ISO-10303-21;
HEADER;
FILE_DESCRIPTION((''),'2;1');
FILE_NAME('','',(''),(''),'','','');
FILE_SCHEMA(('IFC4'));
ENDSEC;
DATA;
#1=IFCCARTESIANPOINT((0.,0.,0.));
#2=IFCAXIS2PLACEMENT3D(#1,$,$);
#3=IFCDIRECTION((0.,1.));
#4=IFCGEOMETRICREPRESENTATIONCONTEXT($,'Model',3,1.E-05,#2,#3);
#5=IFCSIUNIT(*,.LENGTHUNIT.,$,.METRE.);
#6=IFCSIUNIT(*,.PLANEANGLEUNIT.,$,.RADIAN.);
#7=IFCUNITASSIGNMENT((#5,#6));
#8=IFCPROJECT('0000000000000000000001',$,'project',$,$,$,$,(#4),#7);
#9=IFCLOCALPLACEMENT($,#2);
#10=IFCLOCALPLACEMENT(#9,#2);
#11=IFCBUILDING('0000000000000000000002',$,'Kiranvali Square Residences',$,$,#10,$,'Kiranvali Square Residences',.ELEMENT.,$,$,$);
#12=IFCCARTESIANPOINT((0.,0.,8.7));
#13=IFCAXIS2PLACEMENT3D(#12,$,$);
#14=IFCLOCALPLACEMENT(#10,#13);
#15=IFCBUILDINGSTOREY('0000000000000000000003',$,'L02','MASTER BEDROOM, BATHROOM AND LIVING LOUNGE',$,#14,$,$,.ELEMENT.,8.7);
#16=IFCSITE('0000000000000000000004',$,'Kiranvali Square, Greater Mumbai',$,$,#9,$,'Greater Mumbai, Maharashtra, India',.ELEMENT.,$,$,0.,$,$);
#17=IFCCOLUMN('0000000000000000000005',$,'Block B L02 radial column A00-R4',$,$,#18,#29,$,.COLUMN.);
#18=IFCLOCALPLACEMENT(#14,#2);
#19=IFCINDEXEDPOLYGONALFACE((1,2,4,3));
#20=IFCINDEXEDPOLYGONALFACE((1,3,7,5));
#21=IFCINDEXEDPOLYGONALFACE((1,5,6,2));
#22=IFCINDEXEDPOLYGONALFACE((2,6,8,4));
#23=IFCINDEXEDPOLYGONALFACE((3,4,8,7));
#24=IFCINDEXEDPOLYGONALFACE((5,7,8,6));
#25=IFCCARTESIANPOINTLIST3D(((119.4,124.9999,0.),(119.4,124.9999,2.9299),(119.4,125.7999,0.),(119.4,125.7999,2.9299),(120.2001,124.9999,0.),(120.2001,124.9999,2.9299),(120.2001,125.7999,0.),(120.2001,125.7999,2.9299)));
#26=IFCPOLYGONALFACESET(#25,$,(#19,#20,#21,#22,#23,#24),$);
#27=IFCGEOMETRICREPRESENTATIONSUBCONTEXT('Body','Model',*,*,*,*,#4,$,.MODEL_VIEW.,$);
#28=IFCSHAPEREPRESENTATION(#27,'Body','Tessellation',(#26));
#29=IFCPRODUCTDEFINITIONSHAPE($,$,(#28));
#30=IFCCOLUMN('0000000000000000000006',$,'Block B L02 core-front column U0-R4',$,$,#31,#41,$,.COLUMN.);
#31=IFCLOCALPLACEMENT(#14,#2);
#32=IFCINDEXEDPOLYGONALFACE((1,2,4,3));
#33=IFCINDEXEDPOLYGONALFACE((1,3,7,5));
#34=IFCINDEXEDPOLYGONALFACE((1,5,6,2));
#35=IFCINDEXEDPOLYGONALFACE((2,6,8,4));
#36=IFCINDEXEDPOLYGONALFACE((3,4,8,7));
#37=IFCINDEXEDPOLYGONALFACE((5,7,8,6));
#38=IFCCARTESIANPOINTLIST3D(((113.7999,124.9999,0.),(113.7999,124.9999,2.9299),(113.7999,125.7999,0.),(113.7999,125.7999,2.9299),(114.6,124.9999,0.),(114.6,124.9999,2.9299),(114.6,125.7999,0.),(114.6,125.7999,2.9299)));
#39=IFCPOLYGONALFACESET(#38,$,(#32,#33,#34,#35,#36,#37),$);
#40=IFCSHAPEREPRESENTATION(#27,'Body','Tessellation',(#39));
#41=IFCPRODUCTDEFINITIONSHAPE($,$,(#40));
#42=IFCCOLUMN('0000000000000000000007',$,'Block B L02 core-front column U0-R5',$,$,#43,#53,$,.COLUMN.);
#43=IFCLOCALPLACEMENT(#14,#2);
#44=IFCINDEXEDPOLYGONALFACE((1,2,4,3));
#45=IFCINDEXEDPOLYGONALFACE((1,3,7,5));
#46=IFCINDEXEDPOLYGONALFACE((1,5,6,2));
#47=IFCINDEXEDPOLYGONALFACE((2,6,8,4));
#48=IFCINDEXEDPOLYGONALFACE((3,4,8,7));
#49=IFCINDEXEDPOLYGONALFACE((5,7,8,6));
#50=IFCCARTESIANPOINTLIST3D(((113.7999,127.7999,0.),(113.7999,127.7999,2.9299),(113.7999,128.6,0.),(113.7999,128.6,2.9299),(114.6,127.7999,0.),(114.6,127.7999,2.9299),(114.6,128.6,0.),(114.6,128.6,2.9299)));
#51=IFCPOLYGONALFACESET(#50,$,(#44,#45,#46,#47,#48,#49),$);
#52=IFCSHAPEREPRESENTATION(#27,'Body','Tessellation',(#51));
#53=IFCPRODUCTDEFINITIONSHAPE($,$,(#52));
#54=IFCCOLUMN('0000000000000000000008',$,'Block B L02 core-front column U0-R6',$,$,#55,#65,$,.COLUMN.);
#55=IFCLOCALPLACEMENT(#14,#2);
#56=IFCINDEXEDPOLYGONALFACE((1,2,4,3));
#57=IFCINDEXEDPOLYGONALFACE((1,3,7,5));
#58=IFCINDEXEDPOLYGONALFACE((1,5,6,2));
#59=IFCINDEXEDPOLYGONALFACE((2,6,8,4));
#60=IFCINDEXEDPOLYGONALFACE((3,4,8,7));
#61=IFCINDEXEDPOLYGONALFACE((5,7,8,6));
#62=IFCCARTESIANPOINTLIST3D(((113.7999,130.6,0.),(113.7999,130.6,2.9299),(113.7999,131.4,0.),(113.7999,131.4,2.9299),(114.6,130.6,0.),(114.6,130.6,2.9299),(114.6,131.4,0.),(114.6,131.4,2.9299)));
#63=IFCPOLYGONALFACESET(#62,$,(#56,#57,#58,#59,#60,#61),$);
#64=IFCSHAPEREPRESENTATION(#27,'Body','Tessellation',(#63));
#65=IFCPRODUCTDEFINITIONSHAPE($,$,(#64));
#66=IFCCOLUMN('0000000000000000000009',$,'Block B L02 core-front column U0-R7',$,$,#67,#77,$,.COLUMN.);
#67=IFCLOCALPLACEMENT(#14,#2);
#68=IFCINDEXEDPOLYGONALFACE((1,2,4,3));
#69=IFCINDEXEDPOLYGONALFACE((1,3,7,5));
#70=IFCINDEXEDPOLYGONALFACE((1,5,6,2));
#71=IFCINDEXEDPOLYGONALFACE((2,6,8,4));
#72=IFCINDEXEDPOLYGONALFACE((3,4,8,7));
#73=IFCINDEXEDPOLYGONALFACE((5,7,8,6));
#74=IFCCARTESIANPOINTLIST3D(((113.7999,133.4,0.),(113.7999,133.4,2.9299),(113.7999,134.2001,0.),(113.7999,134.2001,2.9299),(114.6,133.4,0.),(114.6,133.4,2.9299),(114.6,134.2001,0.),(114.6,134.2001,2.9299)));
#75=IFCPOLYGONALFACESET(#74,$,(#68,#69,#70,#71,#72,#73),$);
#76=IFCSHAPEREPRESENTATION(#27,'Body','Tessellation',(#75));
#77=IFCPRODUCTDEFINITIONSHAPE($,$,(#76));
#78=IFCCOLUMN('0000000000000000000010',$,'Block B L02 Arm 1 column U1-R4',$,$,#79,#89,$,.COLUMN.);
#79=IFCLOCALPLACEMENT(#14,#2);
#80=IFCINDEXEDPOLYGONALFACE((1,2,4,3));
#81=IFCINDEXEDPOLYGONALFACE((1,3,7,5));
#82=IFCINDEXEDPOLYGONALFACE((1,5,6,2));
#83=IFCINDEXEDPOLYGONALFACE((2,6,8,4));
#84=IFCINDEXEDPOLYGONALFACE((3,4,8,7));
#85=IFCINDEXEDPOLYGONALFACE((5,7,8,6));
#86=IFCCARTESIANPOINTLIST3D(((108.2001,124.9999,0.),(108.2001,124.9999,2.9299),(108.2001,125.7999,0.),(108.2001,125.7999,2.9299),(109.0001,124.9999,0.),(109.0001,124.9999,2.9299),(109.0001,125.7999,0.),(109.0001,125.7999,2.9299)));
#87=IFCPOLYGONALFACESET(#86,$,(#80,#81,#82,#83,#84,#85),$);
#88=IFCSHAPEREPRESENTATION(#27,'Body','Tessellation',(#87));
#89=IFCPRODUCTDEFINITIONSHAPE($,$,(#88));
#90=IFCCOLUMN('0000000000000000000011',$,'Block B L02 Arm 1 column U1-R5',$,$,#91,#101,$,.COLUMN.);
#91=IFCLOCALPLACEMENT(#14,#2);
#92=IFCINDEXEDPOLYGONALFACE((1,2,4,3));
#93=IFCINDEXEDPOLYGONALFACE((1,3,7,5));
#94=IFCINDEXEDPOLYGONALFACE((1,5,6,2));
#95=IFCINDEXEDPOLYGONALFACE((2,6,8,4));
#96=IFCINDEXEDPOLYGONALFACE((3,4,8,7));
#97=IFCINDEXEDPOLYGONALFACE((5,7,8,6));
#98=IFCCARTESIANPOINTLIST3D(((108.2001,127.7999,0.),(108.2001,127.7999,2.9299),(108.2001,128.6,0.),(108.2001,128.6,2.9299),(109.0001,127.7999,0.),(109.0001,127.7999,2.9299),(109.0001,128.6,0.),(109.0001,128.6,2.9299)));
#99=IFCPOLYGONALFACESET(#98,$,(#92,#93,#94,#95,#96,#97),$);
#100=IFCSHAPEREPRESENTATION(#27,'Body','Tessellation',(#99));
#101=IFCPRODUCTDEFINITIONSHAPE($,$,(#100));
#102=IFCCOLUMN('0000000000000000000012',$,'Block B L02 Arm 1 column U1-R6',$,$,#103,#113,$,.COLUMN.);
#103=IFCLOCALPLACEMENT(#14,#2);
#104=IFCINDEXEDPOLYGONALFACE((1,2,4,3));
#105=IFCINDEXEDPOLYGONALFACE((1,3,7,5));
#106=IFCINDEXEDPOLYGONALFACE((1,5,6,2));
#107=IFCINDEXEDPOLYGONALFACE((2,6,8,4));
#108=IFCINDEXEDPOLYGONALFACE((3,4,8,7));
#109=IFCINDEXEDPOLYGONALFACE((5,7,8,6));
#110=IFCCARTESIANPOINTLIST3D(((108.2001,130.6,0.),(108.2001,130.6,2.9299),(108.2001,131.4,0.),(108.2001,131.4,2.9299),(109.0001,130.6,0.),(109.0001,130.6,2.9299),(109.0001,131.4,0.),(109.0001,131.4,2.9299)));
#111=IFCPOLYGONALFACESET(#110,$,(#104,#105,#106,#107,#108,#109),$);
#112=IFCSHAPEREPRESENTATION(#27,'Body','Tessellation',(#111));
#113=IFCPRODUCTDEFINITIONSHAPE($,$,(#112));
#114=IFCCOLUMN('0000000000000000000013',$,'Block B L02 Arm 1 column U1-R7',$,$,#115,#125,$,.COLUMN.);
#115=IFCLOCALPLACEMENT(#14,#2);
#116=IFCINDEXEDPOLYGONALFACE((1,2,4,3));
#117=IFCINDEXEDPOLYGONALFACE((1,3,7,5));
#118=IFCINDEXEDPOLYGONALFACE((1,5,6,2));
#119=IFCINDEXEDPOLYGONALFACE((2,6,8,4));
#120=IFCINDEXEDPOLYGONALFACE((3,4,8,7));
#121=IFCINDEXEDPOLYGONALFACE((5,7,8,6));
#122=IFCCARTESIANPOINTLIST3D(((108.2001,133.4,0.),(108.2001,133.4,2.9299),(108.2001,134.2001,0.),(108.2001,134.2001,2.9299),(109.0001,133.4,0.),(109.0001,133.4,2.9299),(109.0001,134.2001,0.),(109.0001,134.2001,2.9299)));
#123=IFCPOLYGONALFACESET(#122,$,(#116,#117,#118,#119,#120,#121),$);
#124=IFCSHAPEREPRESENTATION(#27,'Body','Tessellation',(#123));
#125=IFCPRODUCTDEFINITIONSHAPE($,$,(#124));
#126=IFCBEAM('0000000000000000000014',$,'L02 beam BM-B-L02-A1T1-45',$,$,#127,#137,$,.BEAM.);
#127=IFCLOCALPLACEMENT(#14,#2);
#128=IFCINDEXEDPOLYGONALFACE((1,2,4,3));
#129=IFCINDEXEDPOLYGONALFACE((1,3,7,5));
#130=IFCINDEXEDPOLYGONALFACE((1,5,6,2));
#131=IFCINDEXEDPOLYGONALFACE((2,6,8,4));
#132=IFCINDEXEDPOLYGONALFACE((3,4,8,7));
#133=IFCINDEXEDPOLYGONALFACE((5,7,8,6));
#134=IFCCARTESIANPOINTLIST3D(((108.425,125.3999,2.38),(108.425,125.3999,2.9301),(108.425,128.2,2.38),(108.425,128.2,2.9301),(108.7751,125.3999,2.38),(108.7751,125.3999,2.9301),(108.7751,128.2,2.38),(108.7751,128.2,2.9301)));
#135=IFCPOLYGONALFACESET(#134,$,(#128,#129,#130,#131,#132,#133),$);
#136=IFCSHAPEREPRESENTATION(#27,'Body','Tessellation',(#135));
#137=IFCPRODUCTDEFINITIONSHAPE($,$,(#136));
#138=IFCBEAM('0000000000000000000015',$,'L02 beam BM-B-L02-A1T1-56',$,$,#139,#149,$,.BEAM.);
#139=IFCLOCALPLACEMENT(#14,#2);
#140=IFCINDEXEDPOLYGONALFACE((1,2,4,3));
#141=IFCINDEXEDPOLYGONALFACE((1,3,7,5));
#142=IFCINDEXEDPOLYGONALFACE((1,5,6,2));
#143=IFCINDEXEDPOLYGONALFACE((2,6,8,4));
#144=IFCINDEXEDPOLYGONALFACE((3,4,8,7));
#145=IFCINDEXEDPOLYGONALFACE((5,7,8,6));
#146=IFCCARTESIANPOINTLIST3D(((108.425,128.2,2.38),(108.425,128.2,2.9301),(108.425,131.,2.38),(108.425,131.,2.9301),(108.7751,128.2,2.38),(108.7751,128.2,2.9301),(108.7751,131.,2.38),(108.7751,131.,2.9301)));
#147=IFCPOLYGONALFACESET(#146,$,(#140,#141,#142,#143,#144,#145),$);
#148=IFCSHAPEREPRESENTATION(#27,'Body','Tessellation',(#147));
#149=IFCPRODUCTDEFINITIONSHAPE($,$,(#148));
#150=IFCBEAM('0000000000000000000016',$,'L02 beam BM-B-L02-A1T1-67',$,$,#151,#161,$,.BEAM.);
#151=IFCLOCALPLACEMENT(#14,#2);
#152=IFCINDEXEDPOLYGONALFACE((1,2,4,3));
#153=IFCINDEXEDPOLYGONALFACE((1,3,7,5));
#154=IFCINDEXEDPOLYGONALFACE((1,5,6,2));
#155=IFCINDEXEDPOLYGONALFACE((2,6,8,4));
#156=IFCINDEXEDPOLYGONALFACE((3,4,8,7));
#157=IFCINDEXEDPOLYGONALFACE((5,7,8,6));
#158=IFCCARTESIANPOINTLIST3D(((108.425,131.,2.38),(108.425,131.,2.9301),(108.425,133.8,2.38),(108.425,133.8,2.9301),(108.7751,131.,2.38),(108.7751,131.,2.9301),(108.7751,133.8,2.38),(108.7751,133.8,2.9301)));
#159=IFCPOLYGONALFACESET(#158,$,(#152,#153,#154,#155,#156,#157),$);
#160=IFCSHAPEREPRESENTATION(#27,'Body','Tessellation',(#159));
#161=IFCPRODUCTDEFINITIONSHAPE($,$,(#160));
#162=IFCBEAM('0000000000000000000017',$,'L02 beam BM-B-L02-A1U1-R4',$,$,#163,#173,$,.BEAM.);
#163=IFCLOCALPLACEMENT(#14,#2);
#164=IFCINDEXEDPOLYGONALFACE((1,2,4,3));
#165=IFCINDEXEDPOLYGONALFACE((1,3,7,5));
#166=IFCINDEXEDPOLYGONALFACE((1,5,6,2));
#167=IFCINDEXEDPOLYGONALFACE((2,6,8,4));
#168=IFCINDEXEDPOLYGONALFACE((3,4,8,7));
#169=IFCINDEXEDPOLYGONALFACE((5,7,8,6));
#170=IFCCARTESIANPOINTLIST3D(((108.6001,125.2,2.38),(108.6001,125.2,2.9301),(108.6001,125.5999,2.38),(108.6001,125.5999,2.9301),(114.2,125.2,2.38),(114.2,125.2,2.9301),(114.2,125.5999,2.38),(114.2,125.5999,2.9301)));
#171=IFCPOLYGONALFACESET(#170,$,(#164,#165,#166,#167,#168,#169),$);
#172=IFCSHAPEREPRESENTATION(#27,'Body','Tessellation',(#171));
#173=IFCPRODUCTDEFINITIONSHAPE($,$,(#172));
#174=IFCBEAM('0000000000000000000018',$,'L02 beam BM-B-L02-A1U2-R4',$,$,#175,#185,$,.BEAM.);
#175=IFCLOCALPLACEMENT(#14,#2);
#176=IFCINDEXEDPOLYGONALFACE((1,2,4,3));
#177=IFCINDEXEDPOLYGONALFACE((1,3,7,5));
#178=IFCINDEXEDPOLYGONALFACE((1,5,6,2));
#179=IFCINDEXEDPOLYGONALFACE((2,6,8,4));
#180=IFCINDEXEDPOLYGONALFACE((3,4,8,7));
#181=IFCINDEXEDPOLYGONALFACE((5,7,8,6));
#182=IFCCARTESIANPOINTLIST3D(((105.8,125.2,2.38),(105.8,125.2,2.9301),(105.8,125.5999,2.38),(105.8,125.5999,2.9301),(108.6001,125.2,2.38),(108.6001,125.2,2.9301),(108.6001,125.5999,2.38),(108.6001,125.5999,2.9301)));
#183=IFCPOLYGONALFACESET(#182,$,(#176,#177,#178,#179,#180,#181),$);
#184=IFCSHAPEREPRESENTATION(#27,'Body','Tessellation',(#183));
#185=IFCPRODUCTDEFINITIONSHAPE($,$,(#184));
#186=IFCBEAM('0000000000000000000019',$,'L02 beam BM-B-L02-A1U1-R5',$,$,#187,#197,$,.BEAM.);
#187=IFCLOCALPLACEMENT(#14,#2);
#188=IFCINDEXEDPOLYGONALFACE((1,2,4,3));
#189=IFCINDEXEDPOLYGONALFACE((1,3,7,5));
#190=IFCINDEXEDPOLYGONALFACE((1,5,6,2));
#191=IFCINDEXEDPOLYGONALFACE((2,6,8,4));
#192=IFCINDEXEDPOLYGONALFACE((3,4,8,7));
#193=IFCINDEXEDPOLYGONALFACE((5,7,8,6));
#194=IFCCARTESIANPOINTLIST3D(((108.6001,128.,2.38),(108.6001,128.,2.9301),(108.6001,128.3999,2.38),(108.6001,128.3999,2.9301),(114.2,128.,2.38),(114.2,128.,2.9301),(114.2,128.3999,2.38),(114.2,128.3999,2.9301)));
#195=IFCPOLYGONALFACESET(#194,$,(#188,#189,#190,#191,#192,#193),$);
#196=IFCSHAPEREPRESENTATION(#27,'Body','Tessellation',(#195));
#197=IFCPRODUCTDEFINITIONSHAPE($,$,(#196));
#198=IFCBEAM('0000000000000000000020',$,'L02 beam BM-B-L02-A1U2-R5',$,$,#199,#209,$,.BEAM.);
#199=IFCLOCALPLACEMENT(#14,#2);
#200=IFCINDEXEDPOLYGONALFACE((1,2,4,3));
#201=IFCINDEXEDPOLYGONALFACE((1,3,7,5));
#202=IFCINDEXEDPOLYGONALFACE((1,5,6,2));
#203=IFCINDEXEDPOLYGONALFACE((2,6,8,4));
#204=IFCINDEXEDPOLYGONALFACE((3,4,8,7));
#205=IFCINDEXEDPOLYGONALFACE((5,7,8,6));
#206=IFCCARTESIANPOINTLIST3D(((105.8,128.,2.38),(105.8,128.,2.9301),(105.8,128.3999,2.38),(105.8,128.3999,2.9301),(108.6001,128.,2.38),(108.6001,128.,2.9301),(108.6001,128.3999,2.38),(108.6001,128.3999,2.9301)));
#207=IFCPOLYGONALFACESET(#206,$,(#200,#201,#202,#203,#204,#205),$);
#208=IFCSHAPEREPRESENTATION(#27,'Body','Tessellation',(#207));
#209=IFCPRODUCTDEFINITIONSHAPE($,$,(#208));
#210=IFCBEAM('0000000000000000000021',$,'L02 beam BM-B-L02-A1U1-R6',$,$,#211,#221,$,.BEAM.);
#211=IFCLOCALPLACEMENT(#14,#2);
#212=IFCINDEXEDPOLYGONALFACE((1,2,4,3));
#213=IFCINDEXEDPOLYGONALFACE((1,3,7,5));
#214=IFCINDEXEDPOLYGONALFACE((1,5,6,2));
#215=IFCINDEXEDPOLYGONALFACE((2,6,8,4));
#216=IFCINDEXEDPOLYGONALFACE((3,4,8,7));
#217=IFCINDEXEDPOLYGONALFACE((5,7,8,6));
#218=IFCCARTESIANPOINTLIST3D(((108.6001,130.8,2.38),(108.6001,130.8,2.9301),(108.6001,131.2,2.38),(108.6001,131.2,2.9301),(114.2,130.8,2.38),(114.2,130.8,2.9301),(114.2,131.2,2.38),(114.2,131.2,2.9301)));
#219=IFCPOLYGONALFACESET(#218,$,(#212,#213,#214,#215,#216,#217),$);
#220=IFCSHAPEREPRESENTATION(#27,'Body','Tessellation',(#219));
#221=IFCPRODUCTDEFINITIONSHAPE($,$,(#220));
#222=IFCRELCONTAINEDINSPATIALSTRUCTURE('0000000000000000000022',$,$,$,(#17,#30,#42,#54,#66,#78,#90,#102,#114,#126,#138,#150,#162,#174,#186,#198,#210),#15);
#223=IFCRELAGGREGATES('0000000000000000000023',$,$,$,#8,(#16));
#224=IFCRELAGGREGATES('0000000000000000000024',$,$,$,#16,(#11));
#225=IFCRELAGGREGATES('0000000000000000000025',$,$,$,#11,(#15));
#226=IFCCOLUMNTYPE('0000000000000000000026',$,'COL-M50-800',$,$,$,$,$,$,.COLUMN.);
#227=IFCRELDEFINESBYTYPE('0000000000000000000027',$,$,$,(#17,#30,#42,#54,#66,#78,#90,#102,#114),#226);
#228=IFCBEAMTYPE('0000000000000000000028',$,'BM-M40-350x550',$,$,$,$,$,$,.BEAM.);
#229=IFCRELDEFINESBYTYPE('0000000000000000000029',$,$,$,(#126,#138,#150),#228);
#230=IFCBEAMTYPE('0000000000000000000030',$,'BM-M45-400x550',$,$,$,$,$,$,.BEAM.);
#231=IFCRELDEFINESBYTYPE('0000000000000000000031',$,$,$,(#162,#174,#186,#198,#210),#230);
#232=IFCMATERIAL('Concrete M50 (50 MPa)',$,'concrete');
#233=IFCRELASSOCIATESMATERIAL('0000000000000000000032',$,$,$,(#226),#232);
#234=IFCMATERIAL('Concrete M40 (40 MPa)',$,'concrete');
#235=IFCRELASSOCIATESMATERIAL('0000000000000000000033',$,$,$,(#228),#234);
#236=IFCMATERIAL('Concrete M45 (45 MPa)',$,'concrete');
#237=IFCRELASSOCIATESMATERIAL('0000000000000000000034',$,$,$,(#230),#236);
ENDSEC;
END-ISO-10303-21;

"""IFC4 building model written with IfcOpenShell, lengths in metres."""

from ifc_helpers import new_model, si_unit, direction, frame, origin, origin_2d, place, context, subcontext, project, spatial, rectangle, extrude, material, material_profile, profile_set, type_object, element, save


model = new_model("IFC4")

# Units and contexts
model_context = context("Model", 3, precision=1e-05, world=origin(), true_north=direction((0.0, 1.0)))
body_context = subcontext(model_context, "Body", "Model", "MODEL_VIEW")
ifc_project = project(units=[si_unit("LENGTHUNIT", "METRE"), si_unit("PLANEANGLEUNIT", "RADIAN")], contexts=[model_context])

# Site, building, storey
site_placement = place(None, origin())
site = spatial("IfcSite", under=ifc_project, at=site_placement, Name="Kiranvali Square, Greater Mumbai", LongName="Greater Mumbai, Maharashtra, India", CompositionType="ELEMENT", RefElevation=0.0)
building_placement = place(site_placement, origin())
building = spatial("IfcBuilding", under=site, at=building_placement, Name="Kiranvali Square Residences", LongName="Kiranvali Square Residences", CompositionType="ELEMENT")
storey_placement = place(building_placement, frame((0.0, 0.0, 8.7)))
storey = spatial("IfcBuildingStorey", under=building, at=storey_placement, Name="L02", Description="MASTER BEDROOM, BATHROOM AND LIVING LOUNGE", CompositionType="ELEMENT", Elevation=8.7)

# Columns
ifc_material_1 = material(Name="Concrete M50 (50 MPa)", Category="concrete")
ifc_material_profile_1 = material_profile(ifc_material_1, rectangle(XDim=0.8, YDim=0.8, at=origin_2d()), Name="RC 800x800")
ifc_profile_set_1 = profile_set([ifc_material_profile_1], Name="Concrete M50 (50 MPa)")
column_type = type_object("IfcColumnType", Name="COL-M50-800", PredefinedType="COLUMN", material=ifc_profile_set_1)
for number, where, z_axis, x_axis, name in (
    (1, (119.8, 125.3999, 0.0), (0.0, 0.0, 1.0), (1.0, 0.0, 0.0), "Block B L02 radial column A00-R4"),
    (2, (114.2, 125.3999, 0.0), (0.0, 0.0, 1.0), (1.0, 0.0, 0.0), "Block B L02 core-front column U0-R4"),
    (3, (114.2, 128.2, 0.0), (0.0, 0.0, 1.0), (1.0, 0.0, 0.0), "Block B L02 core-front column U0-R5"),
    (4, (114.2, 131.0, 0.0), (0.0, 0.0, 1.0), (1.0, 0.0, 0.0), "Block B L02 core-front column U0-R6"),
    (5, (114.2, 133.8, 0.0), (0.0, 0.0, 1.0), (1.0, 0.0, 0.0), "Block B L02 core-front column U0-R7"),
    (6, (108.6001, 125.3999, 0.0), (0.0, 0.0, 1.0), (1.0, 0.0, 0.0), "Block B L02 Arm 1 column U1-R4"),
    (7, (108.6001, 128.2, 0.0), (0.0, 0.0, 1.0), (1.0, 0.0, 0.0), "Block B L02 Arm 1 column U1-R5"),
    (8, (108.6001, 131.0, 0.0), (0.0, 0.0, 1.0), (1.0, 0.0, 0.0), "Block B L02 Arm 1 column U1-R6"),
    (9, (108.6001, 133.8, 0.0), (0.0, 0.0, 1.0), (1.0, 0.0, 0.0), "Block B L02 Arm 1 column U1-R7"),
):
    element("IfcColumn", number, at=place(storey_placement, frame(where, z_axis=z_axis, x_axis=x_axis)), inside=storey, type_object=column_type, Name=name, PredefinedType="COLUMN", context=body_context, shape_type="SweptSolid", body=[
        extrude(rectangle(XDim=0.8, YDim=0.8, at=origin_2d()), origin(), (0.0, 0.0, 1.0), 2.9299),
    ])

# Beams
ifc_material_2 = material(Name="Concrete M40 (40 MPa)", Category="concrete")
ifc_material_profile_2 = material_profile(ifc_material_2, rectangle(XDim=0.3501, YDim=0.55, at=origin_2d()), Name="RC 350x550")
ifc_profile_set_2 = profile_set([ifc_material_profile_2], Name="Concrete M40 (40 MPa)")
beam_type_1 = type_object("IfcBeamType", Name="BM-M40-350x550", PredefinedType="BEAM", material=ifc_profile_set_2)
for number, where, z_axis, x_axis, name in (
    (10, (108.6001, 125.3999, 2.655), (0.0, 1.0, 0.0), (-1.0, 0.0, 0.0), "L02 beam BM-B-L02-A1T1-45"),
    (11, (108.6001, 128.2, 2.655), (0.0, 1.0, 0.0), (-1.0, 0.0, 0.0), "L02 beam BM-B-L02-A1T1-56"),
    (12, (108.6001, 131.0, 2.655), (0.0, 1.0, 0.0), (-1.0, 0.0, 0.0), "L02 beam BM-B-L02-A1T1-67"),
):
    element("IfcBeam", number, at=place(storey_placement, frame(where, z_axis=z_axis, x_axis=x_axis)), inside=storey, type_object=beam_type_1, Name=name, PredefinedType="BEAM", context=body_context, shape_type="SweptSolid", body=[
        extrude(rectangle(XDim=0.3501, YDim=0.55, at=origin_2d()), origin(), (0.0, 0.0, 1.0), 2.8),
    ])
ifc_material_3 = material(Name="Concrete M45 (45 MPa)", Category="concrete")
ifc_material_profile_3 = material_profile(ifc_material_3, rectangle(XDim=0.3999, YDim=0.55, at=origin_2d()), Name="RC 400x550")
ifc_profile_set_3 = profile_set([ifc_material_profile_3], Name="Concrete M45 (45 MPa)")
beam_type_2 = type_object("IfcBeamType", Name="BM-M45-400x550", PredefinedType="BEAM", material=ifc_profile_set_3)
beam_1_placement = place(storey_placement, frame((114.2, 125.3999, 2.655), z_axis=(-1.0, 0.0, 0.0), x_axis=(0.0, -1.0, 0.0)))
element("IfcBeam", 13, at=beam_1_placement, inside=storey, type_object=beam_type_2, Name="L02 beam BM-B-L02-A1U1-R4", PredefinedType="BEAM", context=body_context, shape_type="SweptSolid", body=[
    extrude(rectangle(XDim=0.3999, YDim=0.55, at=origin_2d()), origin(), (0.0, 0.0, 1.0), 5.5999),
])
beam_2_placement = place(storey_placement, frame((108.6001, 125.3999, 2.655), z_axis=(-1.0, 0.0, 0.0), x_axis=(0.0, -1.0, 0.0)))
element("IfcBeam", 14, at=beam_2_placement, inside=storey, type_object=beam_type_2, Name="L02 beam BM-B-L02-A1U2-R4", PredefinedType="BEAM", context=body_context, shape_type="SweptSolid", body=[
    extrude(rectangle(XDim=0.3999, YDim=0.55, at=origin_2d()), origin(), (0.0, 0.0, 1.0), 2.8),
])
beam_3_placement = place(storey_placement, frame((114.2, 128.2, 2.655), z_axis=(-1.0, 0.0, 0.0), x_axis=(0.0, -1.0, 0.0)))
element("IfcBeam", 15, at=beam_3_placement, inside=storey, type_object=beam_type_2, Name="L02 beam BM-B-L02-A1U1-R5", PredefinedType="BEAM", context=body_context, shape_type="SweptSolid", body=[
    extrude(rectangle(XDim=0.3999, YDim=0.55, at=origin_2d()), origin(), (0.0, 0.0, 1.0), 5.5999),
])
beam_4_placement = place(storey_placement, frame((108.6001, 128.2, 2.655), z_axis=(-1.0, 0.0, 0.0), x_axis=(0.0, -1.0, 0.0)))
element("IfcBeam", 16, at=beam_4_placement, inside=storey, type_object=beam_type_2, Name="L02 beam BM-B-L02-A1U2-R5", PredefinedType="BEAM", context=body_context, shape_type="SweptSolid", body=[
    extrude(rectangle(XDim=0.3999, YDim=0.55, at=origin_2d()), origin(), (0.0, 0.0, 1.0), 2.8),
])
beam_5_placement = place(storey_placement, frame((114.2, 131.0, 2.655), z_axis=(-1.0, 0.0, 0.0), x_axis=(0.0, -1.0, 0.0)))
element("IfcBeam", 17, at=beam_5_placement, inside=storey, type_object=beam_type_2, Name="L02 beam BM-B-L02-A1U1-R6", PredefinedType="BEAM", context=body_context, shape_type="SweptSolid", body=[
    extrude(rectangle(XDim=0.3999, YDim=0.55, at=origin_2d()), origin(), (0.0, 0.0, 1.0), 5.5999),
])

save(model, "model.ifc")
